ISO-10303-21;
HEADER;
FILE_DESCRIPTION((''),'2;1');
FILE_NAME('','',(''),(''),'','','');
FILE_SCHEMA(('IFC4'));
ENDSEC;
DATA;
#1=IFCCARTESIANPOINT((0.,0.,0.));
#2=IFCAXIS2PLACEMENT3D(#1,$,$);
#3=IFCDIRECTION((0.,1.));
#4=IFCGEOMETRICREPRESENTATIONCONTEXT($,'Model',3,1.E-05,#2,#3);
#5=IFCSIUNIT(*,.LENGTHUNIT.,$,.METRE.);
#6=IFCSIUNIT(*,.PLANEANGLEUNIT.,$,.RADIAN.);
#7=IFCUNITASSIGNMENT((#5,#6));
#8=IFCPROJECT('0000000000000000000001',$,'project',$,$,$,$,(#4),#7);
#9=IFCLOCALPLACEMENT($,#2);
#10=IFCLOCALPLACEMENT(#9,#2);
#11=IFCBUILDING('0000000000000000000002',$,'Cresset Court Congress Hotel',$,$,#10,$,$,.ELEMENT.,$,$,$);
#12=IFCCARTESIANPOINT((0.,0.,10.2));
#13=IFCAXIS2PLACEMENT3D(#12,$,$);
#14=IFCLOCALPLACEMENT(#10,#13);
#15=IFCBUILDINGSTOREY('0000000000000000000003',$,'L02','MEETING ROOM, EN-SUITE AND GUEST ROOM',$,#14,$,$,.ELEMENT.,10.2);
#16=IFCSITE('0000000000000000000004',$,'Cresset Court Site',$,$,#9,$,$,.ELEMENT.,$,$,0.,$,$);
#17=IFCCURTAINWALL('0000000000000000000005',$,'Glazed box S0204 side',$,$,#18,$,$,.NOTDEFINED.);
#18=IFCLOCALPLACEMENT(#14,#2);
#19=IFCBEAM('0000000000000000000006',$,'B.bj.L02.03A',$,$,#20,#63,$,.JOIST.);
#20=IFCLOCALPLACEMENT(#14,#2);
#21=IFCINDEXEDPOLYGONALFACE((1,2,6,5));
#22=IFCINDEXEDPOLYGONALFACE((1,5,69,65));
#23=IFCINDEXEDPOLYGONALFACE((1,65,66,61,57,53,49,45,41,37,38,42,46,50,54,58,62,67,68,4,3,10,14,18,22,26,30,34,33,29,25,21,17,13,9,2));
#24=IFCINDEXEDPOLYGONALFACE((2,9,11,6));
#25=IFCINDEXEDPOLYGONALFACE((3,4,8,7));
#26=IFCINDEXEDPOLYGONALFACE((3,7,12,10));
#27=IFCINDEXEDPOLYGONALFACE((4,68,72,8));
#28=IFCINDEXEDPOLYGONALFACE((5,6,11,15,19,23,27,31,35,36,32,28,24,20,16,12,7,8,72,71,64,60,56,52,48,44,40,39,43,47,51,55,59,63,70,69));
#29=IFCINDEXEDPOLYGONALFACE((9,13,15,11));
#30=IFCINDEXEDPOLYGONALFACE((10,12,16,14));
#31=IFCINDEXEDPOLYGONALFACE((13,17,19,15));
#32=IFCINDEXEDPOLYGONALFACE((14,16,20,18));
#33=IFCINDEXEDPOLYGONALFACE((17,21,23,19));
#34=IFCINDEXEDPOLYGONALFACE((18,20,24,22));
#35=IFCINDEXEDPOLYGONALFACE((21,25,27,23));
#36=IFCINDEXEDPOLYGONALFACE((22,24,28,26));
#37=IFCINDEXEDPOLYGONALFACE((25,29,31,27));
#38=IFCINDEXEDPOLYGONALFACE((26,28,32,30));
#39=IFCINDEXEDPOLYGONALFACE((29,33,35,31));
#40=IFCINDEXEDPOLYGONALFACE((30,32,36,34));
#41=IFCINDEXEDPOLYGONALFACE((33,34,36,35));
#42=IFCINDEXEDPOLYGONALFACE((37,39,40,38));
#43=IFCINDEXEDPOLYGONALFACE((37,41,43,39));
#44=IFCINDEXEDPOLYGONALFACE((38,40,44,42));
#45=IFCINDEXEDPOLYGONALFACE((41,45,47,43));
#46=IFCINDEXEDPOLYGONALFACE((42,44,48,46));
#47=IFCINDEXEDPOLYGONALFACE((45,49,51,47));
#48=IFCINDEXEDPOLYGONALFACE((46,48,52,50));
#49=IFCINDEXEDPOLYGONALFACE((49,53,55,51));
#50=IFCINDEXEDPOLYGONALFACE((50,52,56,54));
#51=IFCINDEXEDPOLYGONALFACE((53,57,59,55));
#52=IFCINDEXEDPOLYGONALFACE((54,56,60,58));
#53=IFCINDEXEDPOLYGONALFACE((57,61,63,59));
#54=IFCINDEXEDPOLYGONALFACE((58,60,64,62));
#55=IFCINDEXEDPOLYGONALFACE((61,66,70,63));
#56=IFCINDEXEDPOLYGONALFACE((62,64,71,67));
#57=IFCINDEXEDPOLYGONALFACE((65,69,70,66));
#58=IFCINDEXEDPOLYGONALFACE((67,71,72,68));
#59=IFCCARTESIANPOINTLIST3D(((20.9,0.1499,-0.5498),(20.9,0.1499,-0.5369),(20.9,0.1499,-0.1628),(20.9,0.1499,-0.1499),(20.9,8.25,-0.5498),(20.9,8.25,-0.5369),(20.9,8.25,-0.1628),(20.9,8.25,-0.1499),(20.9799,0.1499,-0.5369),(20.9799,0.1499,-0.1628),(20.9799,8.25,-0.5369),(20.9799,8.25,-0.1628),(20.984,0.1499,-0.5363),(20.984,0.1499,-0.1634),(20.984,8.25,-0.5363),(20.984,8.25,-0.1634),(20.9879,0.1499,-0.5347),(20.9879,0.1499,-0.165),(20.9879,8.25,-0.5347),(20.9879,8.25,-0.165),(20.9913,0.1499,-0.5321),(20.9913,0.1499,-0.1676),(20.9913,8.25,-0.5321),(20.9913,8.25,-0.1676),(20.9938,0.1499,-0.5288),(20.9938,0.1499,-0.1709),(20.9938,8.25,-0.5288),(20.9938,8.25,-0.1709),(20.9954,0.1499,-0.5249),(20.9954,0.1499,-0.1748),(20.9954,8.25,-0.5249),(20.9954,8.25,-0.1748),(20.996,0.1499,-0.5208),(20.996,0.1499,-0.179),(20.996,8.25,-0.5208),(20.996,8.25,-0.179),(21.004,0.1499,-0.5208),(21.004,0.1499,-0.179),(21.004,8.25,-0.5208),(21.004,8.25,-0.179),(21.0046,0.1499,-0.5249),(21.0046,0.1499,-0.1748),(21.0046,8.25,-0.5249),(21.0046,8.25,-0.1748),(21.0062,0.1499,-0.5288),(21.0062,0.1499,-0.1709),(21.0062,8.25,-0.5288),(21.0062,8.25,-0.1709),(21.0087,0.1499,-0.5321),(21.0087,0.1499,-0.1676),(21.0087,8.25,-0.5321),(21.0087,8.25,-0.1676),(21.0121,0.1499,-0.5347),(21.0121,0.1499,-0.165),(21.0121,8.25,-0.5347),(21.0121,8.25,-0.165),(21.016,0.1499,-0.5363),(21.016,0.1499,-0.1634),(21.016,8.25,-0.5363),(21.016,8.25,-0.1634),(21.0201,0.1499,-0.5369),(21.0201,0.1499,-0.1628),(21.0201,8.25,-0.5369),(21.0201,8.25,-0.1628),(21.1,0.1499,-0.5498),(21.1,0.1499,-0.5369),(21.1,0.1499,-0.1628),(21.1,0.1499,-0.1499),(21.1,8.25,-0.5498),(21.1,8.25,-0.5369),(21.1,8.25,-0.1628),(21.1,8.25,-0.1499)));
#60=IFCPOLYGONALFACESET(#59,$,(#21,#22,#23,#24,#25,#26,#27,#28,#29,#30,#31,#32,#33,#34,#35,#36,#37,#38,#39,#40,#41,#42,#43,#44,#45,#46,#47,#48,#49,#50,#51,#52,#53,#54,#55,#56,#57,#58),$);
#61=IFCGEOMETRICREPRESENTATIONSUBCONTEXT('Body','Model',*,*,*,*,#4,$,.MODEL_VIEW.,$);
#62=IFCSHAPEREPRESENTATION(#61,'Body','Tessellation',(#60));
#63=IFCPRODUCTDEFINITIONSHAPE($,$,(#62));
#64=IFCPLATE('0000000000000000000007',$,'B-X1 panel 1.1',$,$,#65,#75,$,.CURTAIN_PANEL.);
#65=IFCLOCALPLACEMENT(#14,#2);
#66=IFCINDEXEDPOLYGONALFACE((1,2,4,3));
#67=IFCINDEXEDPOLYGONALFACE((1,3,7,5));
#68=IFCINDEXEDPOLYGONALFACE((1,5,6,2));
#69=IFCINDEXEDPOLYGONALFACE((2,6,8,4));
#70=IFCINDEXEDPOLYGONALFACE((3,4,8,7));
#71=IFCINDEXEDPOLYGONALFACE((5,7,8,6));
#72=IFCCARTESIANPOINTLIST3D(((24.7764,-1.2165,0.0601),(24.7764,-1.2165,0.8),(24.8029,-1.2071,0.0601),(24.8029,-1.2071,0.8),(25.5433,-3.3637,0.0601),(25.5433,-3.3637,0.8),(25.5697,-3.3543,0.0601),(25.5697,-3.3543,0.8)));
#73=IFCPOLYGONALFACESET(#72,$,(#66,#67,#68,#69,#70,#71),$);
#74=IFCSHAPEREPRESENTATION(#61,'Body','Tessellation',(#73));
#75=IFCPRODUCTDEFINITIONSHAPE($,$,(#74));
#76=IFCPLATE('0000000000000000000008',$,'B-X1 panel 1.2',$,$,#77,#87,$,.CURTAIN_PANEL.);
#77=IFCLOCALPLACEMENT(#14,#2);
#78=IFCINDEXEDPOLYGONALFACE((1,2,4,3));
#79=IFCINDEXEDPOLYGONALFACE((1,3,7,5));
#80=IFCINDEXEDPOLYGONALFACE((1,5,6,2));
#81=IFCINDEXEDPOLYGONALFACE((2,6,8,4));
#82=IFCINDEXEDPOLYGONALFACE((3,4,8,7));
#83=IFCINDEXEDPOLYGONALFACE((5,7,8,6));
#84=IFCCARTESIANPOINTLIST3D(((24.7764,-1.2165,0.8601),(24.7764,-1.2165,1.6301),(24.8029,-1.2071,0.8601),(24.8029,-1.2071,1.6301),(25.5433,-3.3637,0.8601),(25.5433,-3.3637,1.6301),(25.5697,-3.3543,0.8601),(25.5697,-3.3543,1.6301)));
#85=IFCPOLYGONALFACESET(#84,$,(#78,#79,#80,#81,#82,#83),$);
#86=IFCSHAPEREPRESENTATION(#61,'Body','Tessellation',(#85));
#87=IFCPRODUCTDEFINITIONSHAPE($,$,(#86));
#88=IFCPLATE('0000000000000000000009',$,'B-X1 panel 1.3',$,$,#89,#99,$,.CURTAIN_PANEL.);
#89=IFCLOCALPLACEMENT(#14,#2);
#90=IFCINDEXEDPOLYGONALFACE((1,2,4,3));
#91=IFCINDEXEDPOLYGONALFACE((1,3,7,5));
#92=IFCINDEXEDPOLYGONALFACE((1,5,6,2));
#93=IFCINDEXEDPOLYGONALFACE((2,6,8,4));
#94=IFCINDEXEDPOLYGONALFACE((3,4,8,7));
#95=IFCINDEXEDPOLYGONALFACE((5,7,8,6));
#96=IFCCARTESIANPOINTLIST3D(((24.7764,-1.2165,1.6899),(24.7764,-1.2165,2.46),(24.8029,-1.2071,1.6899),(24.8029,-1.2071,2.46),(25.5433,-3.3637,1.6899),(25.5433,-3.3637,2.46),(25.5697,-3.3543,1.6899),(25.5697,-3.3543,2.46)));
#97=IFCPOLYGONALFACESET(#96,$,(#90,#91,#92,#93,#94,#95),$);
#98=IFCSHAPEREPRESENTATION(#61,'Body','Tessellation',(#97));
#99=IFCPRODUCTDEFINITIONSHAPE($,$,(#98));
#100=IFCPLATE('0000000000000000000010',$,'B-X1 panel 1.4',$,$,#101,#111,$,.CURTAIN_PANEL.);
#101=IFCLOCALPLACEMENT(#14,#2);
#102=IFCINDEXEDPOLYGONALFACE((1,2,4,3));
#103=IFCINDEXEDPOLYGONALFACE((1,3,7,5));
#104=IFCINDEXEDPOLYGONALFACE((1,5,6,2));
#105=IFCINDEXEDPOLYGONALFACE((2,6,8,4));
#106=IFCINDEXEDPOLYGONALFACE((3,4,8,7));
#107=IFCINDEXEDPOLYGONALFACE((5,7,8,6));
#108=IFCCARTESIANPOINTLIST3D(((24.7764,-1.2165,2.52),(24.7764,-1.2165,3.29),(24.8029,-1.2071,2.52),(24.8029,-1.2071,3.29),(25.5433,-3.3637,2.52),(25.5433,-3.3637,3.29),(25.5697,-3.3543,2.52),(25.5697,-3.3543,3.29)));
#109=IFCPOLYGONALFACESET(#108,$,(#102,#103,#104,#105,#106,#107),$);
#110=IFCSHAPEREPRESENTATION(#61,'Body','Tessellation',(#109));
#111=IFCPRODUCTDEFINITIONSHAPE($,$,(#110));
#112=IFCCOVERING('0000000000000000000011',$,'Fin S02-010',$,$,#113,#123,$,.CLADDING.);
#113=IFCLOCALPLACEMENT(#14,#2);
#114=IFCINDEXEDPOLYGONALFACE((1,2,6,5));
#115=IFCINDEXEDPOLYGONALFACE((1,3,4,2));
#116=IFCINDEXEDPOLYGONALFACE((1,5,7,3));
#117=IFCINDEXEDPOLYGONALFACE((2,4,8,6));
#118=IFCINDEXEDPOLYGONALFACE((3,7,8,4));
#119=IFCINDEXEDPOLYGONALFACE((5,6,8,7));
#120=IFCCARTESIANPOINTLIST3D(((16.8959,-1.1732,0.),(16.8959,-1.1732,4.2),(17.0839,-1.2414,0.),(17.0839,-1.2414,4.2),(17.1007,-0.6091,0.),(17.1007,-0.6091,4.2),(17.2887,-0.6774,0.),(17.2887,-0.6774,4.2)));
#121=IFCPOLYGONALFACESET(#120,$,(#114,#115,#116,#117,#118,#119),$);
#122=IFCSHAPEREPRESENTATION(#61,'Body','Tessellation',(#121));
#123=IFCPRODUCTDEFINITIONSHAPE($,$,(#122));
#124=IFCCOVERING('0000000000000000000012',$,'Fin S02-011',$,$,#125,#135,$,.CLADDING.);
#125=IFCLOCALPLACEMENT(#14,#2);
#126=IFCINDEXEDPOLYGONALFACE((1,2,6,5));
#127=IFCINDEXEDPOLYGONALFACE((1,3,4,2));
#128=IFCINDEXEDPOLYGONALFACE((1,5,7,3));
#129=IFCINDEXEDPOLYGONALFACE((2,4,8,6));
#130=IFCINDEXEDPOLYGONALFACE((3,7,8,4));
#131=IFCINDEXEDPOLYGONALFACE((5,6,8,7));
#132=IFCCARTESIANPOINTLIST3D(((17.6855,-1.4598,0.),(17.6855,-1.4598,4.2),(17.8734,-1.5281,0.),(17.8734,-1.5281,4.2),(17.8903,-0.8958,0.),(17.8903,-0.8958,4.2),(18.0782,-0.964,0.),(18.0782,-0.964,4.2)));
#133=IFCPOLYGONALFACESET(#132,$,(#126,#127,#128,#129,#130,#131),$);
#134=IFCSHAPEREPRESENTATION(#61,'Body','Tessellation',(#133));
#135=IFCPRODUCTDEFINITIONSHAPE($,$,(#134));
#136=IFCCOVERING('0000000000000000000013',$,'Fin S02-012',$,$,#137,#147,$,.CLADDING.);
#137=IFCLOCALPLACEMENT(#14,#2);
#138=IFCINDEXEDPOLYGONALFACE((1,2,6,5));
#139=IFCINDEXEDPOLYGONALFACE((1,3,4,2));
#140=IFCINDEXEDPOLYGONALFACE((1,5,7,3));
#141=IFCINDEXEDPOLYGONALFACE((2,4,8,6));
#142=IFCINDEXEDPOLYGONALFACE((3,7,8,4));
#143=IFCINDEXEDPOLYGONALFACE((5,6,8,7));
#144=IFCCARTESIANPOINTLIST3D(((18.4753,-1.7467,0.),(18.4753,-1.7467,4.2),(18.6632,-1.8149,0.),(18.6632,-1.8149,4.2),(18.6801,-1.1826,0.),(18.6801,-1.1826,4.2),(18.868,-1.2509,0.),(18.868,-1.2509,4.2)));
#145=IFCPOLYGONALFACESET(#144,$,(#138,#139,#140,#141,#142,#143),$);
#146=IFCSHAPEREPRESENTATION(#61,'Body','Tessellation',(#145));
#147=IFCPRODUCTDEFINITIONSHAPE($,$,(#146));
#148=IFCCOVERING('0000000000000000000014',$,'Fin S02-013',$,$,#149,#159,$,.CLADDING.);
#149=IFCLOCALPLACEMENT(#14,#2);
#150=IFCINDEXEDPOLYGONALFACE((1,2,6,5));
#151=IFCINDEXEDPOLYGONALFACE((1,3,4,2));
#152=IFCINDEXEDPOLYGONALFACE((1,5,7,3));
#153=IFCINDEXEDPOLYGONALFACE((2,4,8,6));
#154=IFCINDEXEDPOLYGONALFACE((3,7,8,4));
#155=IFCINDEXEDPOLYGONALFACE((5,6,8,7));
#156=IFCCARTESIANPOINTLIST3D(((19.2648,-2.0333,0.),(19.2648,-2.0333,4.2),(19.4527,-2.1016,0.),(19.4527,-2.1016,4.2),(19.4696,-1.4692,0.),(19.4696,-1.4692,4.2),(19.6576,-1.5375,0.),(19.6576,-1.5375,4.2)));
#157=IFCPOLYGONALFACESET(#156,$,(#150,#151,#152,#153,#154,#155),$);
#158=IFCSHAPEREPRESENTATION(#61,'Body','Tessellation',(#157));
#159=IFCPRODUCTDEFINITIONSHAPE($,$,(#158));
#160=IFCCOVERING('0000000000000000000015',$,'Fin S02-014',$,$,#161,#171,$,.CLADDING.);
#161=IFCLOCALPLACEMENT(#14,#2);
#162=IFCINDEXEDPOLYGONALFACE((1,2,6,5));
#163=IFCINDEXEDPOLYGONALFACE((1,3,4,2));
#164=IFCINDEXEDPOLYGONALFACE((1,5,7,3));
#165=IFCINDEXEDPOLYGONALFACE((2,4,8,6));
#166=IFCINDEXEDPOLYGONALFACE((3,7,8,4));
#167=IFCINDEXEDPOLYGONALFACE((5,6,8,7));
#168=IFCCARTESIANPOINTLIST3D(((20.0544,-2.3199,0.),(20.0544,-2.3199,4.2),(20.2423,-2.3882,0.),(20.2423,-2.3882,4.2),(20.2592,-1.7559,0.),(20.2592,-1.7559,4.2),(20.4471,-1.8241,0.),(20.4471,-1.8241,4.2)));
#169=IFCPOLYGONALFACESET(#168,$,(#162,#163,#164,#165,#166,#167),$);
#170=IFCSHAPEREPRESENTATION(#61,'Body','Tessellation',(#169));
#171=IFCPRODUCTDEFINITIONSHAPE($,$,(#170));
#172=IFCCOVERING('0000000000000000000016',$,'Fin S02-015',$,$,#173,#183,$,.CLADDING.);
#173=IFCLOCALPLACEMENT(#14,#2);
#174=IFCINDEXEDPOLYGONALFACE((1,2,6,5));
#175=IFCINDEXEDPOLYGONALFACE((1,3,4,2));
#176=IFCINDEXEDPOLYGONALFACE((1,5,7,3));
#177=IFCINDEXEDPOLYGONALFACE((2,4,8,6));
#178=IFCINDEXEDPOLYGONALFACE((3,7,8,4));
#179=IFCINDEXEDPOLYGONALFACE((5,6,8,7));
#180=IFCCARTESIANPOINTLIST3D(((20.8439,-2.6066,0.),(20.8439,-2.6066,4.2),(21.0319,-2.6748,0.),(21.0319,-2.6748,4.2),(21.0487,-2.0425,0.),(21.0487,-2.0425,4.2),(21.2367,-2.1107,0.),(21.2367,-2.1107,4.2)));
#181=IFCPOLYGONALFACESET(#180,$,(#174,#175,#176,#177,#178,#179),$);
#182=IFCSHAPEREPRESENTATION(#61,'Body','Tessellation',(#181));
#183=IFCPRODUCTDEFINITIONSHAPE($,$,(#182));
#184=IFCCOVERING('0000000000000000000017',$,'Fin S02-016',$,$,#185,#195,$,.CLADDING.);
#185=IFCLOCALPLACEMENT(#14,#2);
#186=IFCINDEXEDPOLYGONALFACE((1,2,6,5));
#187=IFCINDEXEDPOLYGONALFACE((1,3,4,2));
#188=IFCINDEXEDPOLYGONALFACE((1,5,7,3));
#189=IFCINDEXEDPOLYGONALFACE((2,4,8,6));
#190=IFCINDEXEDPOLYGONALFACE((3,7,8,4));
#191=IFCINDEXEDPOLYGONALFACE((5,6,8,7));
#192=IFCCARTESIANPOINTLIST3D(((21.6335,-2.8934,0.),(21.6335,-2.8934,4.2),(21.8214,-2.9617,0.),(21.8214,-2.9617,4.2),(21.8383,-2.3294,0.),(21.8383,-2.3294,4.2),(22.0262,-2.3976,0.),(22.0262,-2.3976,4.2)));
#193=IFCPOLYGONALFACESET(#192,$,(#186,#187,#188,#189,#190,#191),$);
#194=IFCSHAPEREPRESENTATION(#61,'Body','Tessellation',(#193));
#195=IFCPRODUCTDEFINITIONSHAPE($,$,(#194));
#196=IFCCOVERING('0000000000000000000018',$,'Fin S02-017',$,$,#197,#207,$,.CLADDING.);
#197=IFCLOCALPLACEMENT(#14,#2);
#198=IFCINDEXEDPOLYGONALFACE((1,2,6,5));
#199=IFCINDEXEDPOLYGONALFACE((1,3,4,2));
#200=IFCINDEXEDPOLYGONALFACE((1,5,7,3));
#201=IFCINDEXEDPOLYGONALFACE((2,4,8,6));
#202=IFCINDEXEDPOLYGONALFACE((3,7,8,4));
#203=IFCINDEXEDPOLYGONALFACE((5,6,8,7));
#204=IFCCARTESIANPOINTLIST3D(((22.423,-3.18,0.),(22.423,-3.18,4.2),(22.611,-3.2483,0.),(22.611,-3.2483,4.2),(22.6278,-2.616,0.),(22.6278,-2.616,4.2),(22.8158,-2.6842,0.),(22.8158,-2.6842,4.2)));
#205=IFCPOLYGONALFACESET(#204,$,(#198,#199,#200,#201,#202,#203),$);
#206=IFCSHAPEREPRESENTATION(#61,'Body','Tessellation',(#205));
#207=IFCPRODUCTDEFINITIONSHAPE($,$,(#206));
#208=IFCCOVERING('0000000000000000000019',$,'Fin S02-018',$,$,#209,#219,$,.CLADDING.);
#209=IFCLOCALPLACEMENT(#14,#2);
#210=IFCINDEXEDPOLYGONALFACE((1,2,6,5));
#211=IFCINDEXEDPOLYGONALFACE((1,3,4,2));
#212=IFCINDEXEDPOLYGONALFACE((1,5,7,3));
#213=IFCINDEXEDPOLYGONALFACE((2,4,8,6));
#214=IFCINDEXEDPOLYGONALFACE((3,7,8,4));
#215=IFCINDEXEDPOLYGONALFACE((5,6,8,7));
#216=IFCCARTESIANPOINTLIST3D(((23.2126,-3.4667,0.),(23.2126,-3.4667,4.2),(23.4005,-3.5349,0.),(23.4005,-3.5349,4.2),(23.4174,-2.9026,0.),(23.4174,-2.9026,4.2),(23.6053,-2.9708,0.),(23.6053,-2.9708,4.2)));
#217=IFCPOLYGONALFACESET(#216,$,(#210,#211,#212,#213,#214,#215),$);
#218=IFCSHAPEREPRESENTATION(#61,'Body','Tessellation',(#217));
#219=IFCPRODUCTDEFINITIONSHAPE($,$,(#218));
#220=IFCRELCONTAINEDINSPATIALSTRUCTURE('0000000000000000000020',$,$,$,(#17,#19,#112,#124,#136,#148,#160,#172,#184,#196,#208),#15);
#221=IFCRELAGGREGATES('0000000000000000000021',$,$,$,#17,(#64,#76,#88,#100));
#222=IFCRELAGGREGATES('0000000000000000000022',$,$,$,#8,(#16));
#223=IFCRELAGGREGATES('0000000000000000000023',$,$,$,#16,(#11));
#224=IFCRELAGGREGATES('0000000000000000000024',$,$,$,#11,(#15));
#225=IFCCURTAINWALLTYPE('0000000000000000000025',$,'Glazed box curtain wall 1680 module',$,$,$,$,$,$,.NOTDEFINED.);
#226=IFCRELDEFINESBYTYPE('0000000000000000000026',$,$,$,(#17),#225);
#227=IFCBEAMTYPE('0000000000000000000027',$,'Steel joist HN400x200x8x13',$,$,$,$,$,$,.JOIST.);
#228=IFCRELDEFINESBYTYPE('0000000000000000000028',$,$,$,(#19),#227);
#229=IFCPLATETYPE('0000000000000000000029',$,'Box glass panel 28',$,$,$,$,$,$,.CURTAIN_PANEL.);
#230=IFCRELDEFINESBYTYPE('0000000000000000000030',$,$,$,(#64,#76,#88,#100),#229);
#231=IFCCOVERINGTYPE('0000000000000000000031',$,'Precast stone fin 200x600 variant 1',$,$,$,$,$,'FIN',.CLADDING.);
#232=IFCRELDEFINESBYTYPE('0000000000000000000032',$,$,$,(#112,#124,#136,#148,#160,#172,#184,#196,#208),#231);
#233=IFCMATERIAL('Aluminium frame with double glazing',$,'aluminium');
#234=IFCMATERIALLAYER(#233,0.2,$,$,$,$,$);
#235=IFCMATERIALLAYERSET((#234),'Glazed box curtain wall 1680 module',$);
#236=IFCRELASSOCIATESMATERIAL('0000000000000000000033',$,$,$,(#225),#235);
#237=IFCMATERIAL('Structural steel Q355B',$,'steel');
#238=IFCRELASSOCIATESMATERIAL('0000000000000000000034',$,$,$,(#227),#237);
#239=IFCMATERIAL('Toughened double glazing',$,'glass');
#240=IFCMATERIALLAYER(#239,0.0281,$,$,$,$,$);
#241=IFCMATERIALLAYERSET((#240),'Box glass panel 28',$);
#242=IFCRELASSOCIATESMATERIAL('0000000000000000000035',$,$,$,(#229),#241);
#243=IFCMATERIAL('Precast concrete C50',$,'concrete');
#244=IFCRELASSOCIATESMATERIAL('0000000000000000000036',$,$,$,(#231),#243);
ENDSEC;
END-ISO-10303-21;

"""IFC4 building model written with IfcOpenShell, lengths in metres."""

from ifc_helpers import new_model, si_unit, direction, frame, origin, origin_2d, place, context, subcontext, project, spatial, rectangle, i_section, extrude, material, layer, layer_set, material_profile, profile_set, type_object, element, aggregate, save


model = new_model("IFC4")

# Units and contexts
model_context = context("Model", 3, precision=1e-05, world=origin(), true_north=direction((0.0, 1.0)))
body_context = subcontext(model_context, "Body", "Model", "MODEL_VIEW")
ifc_project = project(units=[si_unit("LENGTHUNIT", "METRE"), si_unit("PLANEANGLEUNIT", "RADIAN")], contexts=[model_context])

# Site, building, storey
site_placement = place(None, origin())
site = spatial("IfcSite", under=ifc_project, at=site_placement, Name="Cresset Court Site", CompositionType="ELEMENT", RefElevation=0.0)
building_placement = place(site_placement, origin())
building = spatial("IfcBuilding", under=site, at=building_placement, Name="Cresset Court Congress Hotel", CompositionType="ELEMENT")
storey_placement = place(building_placement, frame((0.0, 0.0, 10.2)))
storey = spatial("IfcBuildingStorey", under=building, at=storey_placement, Name="L02", Description="MEETING ROOM, EN-SUITE AND GUEST ROOM", CompositionType="ELEMENT", Elevation=10.2)

# Curtain wall
ifc_material_1 = material(Name="Aluminium frame with double glazing", Category="aluminium")
ifc_layer_1 = layer(ifc_material_1, 0.2)
ifc_layer_set_1 = layer_set([ifc_layer_1], Name="Glazed box curtain wall 1680 module")
curtain_wall_type = type_object("IfcCurtainWallType", Name="Glazed box curtain wall 1680 module", PredefinedType="NOTDEFINED", material=ifc_layer_set_1)
curtain_wall_1_placement = place(storey_placement, origin())
curtain_wall_1 = element("IfcCurtainWall", 1, at=curtain_wall_1_placement, inside=storey, type_object=curtain_wall_type, Name="Glazed box S0204 side", PredefinedType="NOTDEFINED")

# Beam
ifc_material_2 = material(Name="Structural steel Q355B", Category="steel")
ifc_material_profile_1 = material_profile(ifc_material_2, i_section(OverallWidth=0.2, OverallDepth=0.3999, WebThickness=0.0081, FlangeThickness=0.0129, FilletRadius=0.0161, at=origin_2d()), Name="HN400x200x8x13")
ifc_profile_set_1 = profile_set([ifc_material_profile_1], Name="Structural steel Q355B")
beam_type_1 = type_object("IfcBeamType", Name="Steel joist HN400x200x8x13", PredefinedType="JOIST", material=ifc_profile_set_1)
beam_1_placement = place(storey_placement, frame((21.0, 0.1499, -0.3499), z_axis=(0.0, 1.0, 0.0), x_axis=(-1.0, 0.0, 0.0)))
element("IfcBeam", 2, at=beam_1_placement, inside=storey, type_object=beam_type_1, Name="B.bj.L02.03A", PredefinedType="JOIST", context=body_context, shape_type="SweptSolid", body=[
    extrude(i_section(OverallWidth=0.2, OverallDepth=0.3999, WebThickness=0.0081, FlangeThickness=0.0129, FilletRadius=0.0161, at=origin_2d()), origin(), (0.0, 0.0, 1.0), 8.1001),
])

# Plates
ifc_material_3 = material(Name="Toughened double glazing", Category="glass")
ifc_layer_2 = layer(ifc_material_3, 0.0281)
ifc_layer_set_2 = layer_set([ifc_layer_2], Name="Box glass panel 28")
plate_type = type_object("IfcPlateType", Name="Box glass panel 28", PredefinedType="CURTAIN_PANEL", material=ifc_layer_set_2)
plate_1_placement = place(storey_placement, frame((25.1731, -2.2854, 0.0601), z_axis=(0.0, 0.0, 1.0), x_axis=(-0.336336, 0.941742, 0.0)))
plate_1 = element("IfcPlate", 3, at=plate_1_placement, type_object=plate_type, Name="B-X1 panel 1.1", PredefinedType="CURTAIN_PANEL", context=body_context, shape_type="SweptSolid", body=[
    extrude(rectangle(XDim=2.28, YDim=0.0281, at=origin_2d()), origin(), (0.0, 0.0, 1.0), 0.74),
])
plate_2_placement = place(storey_placement, frame((25.1731, -2.2854, 0.8601), z_axis=(0.0, 0.0, 1.0), x_axis=(-0.336336, 0.941742, 0.0)))
plate_2 = element("IfcPlate", 4, at=plate_2_placement, type_object=plate_type, Name="B-X1 panel 1.2", PredefinedType="CURTAIN_PANEL", context=body_context, shape_type="SweptSolid", body=[
    extrude(rectangle(XDim=2.28, YDim=0.0281, at=origin_2d()), origin(), (0.0, 0.0, 1.0), 0.77),
])
plate_3_placement = place(storey_placement, frame((25.1731, -2.2854, 1.6899), z_axis=(0.0, 0.0, 1.0), x_axis=(-0.336336, 0.941742, 0.0)))
plate_3 = element("IfcPlate", 5, at=plate_3_placement, type_object=plate_type, Name="B-X1 panel 1.3", PredefinedType="CURTAIN_PANEL", context=body_context, shape_type="SweptSolid", body=[
    extrude(rectangle(XDim=2.28, YDim=0.0281, at=origin_2d()), origin(), (0.0, 0.0, 1.0), 0.77),
])
plate_4_placement = place(storey_placement, frame((25.1731, -2.2854, 2.52), z_axis=(0.0, 0.0, 1.0), x_axis=(-0.336336, 0.941742, 0.0)))
plate_4 = element("IfcPlate", 6, at=plate_4_placement, type_object=plate_type, Name="B-X1 panel 1.4", PredefinedType="CURTAIN_PANEL", context=body_context, shape_type="SweptSolid", body=[
    extrude(rectangle(XDim=2.28, YDim=0.0281, at=origin_2d()), origin(), (0.0, 0.0, 1.0), 0.77),
])
aggregate(curtain_wall_1, [plate_1, plate_2, plate_3, plate_4])

# Coverings
ifc_material_4 = material(Name="Precast concrete C50", Category="concrete")
covering_type_1 = type_object("IfcCoveringType", Name="Precast stone fin 200x600 variant 1", ElementType="FIN", PredefinedType="CLADDING", material=ifc_material_4)
for number, where, z_axis, x_axis, name in (
    (7, (17.0923, -0.9253, 0.0), (0.0, 0.0, 1.0), (0.939957, -0.341293, 0.0), "Fin S02-010"),
    (8, (17.8818, -1.2119, 0.0), (0.0, 0.0, 1.0), (0.939957, -0.341293, 0.0), "Fin S02-011"),
    (9, (18.6716, -1.4988, 0.0), (0.0, 0.0, 1.0), (0.939957, -0.341293, 0.0), "Fin S02-012"),
    (10, (19.4612, -1.7854, 0.0), (0.0, 0.0, 1.0), (0.939957, -0.341293, 0.0), "Fin S02-013"),
    (11, (20.2507, -2.072, 0.0), (0.0, 0.0, 1.0), (0.939957, -0.341293, 0.0), "Fin S02-014"),
    (12, (21.0403, -2.3586, 0.0), (0.0, 0.0, 1.0), (0.939957, -0.341293, 0.0), "Fin S02-015"),
    (13, (21.8298, -2.6455, 0.0), (0.0, 0.0, 1.0), (0.939957, -0.341293, 0.0), "Fin S02-016"),
    (14, (22.6194, -2.9321, 0.0), (0.0, 0.0, 1.0), (0.939957, -0.341293, 0.0), "Fin S02-017"),
    (15, (23.4089, -3.2188, 0.0), (0.0, 0.0, 1.0), (0.939957, -0.341293, 0.0), "Fin S02-018"),
):
    element("IfcCovering", number, at=place(storey_placement, frame(where, z_axis=z_axis, x_axis=x_axis)), inside=storey, type_object=covering_type_1, Name=name, PredefinedType="CLADDING", context=body_context, shape_type="SweptSolid", body=[
        extrude(rectangle(XDim=0.2, YDim=0.6001, at=origin_2d()), origin(), (0.0, 0.0, 1.0), 4.2),
    ])

save(model, "model.ifc")
